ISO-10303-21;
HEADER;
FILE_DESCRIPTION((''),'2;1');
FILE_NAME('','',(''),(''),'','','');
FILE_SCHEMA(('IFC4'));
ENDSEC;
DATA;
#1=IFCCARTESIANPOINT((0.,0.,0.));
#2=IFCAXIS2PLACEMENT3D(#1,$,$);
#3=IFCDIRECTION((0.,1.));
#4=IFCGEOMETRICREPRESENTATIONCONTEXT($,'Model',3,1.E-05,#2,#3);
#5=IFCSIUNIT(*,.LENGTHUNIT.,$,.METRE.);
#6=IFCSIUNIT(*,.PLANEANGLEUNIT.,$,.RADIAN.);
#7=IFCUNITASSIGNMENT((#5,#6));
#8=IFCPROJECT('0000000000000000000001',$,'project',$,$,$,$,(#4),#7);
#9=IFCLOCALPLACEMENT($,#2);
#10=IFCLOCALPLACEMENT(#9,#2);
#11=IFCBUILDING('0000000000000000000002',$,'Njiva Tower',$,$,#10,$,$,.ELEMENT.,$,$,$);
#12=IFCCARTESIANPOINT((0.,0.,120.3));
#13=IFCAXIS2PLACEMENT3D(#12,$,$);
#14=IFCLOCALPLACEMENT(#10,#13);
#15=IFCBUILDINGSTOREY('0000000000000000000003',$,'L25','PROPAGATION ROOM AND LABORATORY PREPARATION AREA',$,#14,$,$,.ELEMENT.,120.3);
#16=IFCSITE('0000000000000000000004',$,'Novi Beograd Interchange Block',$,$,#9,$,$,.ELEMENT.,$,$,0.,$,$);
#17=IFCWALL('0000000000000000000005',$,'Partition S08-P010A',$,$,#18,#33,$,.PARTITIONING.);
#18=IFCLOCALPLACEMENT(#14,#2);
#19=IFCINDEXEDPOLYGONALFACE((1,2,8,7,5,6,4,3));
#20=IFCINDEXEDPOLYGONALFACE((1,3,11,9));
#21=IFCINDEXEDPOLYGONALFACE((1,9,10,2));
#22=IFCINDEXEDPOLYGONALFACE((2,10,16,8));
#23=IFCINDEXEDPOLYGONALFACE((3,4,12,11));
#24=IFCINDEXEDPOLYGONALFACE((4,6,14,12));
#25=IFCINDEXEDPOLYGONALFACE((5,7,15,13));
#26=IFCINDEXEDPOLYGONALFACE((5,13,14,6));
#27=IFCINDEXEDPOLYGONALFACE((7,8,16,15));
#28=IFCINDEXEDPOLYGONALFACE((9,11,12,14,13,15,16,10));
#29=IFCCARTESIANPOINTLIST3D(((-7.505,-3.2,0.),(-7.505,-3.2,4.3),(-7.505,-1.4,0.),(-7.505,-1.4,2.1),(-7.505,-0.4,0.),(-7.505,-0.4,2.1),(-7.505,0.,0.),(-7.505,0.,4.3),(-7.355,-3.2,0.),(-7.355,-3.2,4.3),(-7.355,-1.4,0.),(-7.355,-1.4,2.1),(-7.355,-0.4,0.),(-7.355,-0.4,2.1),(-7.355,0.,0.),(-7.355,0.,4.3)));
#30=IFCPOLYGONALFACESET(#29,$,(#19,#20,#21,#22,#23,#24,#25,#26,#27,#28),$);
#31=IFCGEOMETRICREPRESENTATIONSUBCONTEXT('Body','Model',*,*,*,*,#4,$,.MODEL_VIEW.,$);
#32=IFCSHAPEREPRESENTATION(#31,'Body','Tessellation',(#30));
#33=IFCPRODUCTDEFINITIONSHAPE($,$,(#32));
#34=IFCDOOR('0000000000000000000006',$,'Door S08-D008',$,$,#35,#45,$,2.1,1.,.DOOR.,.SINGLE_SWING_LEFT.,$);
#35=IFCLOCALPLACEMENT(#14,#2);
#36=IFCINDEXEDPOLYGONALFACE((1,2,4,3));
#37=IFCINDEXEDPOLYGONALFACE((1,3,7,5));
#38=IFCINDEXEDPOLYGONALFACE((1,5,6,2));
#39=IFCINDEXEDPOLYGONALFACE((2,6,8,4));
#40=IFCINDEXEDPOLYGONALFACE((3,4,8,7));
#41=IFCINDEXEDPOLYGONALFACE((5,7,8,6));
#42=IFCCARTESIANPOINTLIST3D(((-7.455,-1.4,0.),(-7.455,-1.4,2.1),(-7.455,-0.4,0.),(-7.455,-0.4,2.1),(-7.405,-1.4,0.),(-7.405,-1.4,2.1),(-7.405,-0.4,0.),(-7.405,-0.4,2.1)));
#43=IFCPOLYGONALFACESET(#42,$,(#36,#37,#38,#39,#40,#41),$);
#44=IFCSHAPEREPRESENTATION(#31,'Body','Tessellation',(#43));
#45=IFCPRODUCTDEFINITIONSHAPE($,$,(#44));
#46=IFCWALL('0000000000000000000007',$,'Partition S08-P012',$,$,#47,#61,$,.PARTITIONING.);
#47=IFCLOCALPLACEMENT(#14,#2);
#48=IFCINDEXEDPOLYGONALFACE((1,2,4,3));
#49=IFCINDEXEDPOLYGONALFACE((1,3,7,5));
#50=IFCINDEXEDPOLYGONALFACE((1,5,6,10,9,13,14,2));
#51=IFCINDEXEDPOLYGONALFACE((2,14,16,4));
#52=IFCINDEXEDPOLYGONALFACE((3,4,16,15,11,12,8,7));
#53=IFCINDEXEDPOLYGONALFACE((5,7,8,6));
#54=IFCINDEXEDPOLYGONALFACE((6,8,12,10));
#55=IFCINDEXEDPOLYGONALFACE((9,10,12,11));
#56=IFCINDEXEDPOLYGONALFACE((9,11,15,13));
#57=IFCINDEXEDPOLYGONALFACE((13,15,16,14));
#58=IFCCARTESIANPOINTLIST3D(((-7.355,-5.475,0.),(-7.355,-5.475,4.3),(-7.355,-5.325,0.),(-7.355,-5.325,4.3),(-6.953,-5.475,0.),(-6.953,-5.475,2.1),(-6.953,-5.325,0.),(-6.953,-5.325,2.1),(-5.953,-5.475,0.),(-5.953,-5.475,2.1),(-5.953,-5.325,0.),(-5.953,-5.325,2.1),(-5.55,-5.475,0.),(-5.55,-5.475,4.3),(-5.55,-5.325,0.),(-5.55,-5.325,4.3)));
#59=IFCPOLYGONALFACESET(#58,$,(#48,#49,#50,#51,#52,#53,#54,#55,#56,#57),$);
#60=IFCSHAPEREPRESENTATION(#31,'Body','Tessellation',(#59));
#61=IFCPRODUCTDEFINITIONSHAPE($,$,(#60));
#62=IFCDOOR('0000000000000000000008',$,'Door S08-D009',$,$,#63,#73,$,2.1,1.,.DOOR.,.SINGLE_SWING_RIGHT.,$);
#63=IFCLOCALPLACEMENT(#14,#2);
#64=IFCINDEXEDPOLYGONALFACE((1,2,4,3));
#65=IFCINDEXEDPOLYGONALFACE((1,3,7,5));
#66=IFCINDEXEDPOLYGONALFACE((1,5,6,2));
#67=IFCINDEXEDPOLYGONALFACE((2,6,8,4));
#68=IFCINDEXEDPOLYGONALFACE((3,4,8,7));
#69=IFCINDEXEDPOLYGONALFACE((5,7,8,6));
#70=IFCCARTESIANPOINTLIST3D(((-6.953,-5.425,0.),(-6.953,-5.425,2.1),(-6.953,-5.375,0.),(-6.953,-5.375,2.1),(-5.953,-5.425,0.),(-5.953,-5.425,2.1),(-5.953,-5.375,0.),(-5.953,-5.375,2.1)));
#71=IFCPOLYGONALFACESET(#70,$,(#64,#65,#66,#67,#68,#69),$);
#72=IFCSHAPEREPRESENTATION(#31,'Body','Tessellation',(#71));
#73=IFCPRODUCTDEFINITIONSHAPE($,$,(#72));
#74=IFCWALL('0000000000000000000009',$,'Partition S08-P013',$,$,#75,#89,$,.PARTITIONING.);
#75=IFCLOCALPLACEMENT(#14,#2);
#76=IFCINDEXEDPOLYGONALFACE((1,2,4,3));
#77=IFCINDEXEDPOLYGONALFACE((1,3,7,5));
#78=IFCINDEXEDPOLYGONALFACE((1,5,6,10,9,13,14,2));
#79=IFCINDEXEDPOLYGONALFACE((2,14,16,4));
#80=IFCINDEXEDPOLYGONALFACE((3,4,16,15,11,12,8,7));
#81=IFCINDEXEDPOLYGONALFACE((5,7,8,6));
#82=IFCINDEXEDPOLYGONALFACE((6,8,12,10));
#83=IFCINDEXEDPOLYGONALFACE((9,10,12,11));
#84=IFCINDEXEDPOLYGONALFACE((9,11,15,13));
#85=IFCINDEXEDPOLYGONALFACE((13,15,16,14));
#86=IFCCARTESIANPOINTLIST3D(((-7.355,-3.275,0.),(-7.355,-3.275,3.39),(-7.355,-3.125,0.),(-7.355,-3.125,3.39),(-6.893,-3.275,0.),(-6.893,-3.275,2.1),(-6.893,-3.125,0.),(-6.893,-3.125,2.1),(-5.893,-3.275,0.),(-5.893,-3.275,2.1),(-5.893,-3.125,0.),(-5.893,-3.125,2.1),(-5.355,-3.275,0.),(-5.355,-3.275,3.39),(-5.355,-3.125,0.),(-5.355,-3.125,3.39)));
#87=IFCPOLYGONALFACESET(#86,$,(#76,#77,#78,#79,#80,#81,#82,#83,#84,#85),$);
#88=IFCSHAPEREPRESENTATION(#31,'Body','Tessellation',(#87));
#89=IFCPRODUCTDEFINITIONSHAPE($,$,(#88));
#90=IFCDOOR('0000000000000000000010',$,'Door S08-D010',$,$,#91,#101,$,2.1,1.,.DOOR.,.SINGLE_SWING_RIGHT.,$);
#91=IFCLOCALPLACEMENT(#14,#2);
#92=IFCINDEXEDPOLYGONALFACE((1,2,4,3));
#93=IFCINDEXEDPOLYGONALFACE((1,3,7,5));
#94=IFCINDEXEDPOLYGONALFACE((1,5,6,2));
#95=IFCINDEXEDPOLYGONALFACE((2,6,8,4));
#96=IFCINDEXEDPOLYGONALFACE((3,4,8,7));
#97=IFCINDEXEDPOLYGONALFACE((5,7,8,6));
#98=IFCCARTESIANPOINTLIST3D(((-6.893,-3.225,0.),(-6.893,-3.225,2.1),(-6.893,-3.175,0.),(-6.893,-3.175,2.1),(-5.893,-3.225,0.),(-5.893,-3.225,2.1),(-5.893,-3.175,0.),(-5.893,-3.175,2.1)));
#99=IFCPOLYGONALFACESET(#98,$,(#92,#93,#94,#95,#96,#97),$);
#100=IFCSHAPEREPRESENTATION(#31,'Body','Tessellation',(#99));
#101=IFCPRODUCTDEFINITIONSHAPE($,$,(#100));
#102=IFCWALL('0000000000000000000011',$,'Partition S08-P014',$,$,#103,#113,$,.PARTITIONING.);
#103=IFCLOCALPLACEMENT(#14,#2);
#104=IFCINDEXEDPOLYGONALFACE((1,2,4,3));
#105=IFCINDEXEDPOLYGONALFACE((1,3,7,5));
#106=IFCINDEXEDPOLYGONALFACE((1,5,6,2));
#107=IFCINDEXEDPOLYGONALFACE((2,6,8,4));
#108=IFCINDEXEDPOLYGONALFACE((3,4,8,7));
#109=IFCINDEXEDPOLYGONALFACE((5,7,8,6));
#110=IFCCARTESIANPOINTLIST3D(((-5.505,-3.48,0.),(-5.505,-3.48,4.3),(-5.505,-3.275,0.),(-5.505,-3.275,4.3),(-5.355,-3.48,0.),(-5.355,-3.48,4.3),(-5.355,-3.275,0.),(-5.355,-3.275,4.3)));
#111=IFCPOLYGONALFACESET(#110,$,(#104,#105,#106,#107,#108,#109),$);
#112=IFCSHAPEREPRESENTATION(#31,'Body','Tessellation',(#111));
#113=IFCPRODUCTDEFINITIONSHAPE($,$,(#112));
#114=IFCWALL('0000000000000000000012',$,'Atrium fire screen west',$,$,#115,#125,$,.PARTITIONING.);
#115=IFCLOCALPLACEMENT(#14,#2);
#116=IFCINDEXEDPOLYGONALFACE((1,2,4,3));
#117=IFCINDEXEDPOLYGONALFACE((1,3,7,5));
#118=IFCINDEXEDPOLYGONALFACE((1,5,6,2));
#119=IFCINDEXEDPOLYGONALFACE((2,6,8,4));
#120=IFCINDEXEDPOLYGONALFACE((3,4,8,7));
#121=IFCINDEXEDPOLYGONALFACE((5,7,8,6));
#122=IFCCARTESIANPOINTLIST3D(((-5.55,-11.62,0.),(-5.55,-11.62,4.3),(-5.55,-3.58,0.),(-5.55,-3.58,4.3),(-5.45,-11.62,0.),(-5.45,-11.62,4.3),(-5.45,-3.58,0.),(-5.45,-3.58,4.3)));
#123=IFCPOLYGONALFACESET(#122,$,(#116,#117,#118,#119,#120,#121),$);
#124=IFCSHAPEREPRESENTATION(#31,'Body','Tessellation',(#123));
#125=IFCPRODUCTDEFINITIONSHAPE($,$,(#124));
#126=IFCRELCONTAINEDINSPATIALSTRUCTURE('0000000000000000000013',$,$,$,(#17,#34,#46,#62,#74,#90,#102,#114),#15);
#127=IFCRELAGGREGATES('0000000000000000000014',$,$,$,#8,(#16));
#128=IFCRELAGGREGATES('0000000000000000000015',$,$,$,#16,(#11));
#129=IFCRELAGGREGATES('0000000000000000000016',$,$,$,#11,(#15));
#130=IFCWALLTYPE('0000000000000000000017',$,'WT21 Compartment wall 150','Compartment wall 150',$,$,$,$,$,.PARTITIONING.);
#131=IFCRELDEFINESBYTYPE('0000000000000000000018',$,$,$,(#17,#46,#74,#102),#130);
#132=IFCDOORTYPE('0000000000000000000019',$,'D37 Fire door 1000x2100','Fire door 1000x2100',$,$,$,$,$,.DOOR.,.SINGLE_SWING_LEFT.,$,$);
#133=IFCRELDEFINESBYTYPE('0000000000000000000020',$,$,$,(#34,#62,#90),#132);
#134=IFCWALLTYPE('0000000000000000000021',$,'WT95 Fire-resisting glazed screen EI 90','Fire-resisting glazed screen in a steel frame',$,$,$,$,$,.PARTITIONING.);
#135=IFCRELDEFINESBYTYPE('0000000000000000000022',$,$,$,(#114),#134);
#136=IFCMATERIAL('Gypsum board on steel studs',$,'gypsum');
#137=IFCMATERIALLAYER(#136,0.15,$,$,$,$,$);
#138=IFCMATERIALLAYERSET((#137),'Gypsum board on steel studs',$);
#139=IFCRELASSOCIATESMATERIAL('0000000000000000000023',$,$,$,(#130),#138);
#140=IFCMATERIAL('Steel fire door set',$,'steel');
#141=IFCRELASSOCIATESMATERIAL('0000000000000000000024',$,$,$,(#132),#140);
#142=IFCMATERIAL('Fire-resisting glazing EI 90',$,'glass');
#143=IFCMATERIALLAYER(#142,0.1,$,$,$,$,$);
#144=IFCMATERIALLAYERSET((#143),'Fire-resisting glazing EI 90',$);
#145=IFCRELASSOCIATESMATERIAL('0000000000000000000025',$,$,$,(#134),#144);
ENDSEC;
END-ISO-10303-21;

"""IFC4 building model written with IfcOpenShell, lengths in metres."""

from ifc_helpers import new_model, si_unit, direction, frame, frame_2d, origin, place, context, subcontext, project, spatial, rectangle, extrude, material, layer, layer_set, type_object, element, fill, save


model = new_model("IFC4")

# Units and contexts
model_context = context("Model", 3, precision=1e-05, world=origin(), true_north=direction((0.0, 1.0)))
body_context = subcontext(model_context, "Body", "Model", "MODEL_VIEW")
ifc_project = project(units=[si_unit("LENGTHUNIT", "METRE"), si_unit("PLANEANGLEUNIT", "RADIAN")], contexts=[model_context])

# Site, building, storey
site_placement = place(None, origin())
site = spatial("IfcSite", under=ifc_project, at=site_placement, Name="Novi Beograd Interchange Block", CompositionType="ELEMENT", RefElevation=0.0)
building_placement = place(site_placement, origin())
building = spatial("IfcBuilding", under=site, at=building_placement, Name="Njiva Tower", CompositionType="ELEMENT")
storey_placement = place(building_placement, frame((0.0, 0.0, 120.3)))
storey = spatial("IfcBuildingStorey", under=building, at=storey_placement, Name="L25", Description="PROPAGATION ROOM AND LABORATORY PREPARATION AREA", CompositionType="ELEMENT", Elevation=120.3)

# Walls, openings, doors
ifc_material_1 = material(Name="Gypsum board on steel studs", Category="gypsum")
ifc_layer_1 = layer(ifc_material_1, 0.15)
ifc_layer_set_1 = layer_set([ifc_layer_1], Name="Gypsum board on steel studs")
wall_type_1 = type_object("IfcWallType", Name="WT21 Compartment wall 150", Description="Compartment wall 150", PredefinedType="PARTITIONING", material=ifc_layer_set_1)
ifc_material_2 = material(Name="Steel fire door set", Category="steel")
door_type = type_object("IfcDoorType", Name="D37 Fire door 1000x2100", Description="Fire door 1000x2100", OperationType="SINGLE_SWING_LEFT", PredefinedType="DOOR", material=ifc_material_2)
wall_1_placement = place(storey_placement, frame((-7.43, -3.2, 0.0), z_axis=(0.0, 0.0, 1.0), x_axis=(0.0, 1.0, 0.0)))
wall_1 = element("IfcWall", 1, at=wall_1_placement, inside=storey, type_object=wall_type_1, Name="Partition S08-P010A", PredefinedType="PARTITIONING", context=body_context, shape_type="SweptSolid", body=[
    extrude(rectangle(XDim=3.2, YDim=0.15, at=frame_2d((1.6, 0.0))), origin(), (0.0, 0.0, 1.0), 4.3),
])
opening_1_placement = place(wall_1_placement, frame((1.8, 0.0, 0.0)))
opening_1 = element("IfcOpeningElement", 2, at=opening_1_placement, cuts=wall_1, PredefinedType="OPENING", context=body_context, shape_type="SweptSolid", body=[
    extrude(rectangle(XDim=1.0, YDim=2.1, at=frame_2d((0.5, 1.05))), frame((0.0, 0.085, 0.0), z_axis=(0.0, -1.0, 0.0), x_axis=(1.0, 0.0, 0.0)), (0.0, 0.0, 1.0), 0.17),
])
door_1_placement = place(opening_1_placement, origin())
door_1 = element("IfcDoor", 3, at=door_1_placement, inside=storey, type_object=door_type, Name="Door S08-D008", OperationType="SINGLE_SWING_LEFT", OverallHeight=2.1, OverallWidth=1.0, PredefinedType="DOOR", context=body_context, shape_type="SweptSolid", body=[
    extrude(rectangle(XDim=1.0, YDim=2.1, at=frame_2d((0.5, 1.05))), frame((0.0, 0.025, 0.0), z_axis=(0.0, -1.0, 0.0), x_axis=(1.0, 0.0, 0.0)), (0.0, 0.0, 1.0), 0.05),
])
fill(opening_1, door_1)
wall_2_placement = place(storey_placement, frame((-7.355, -5.4, 0.0), z_axis=(0.0, 0.0, 1.0), x_axis=(1.0, 0.0, 0.0)))
wall_2 = element("IfcWall", 4, at=wall_2_placement, inside=storey, type_object=wall_type_1, Name="Partition S08-P012", PredefinedType="PARTITIONING", context=body_context, shape_type="SweptSolid", body=[
    extrude(rectangle(XDim=1.805, YDim=0.15, at=frame_2d((0.9025, 0.0))), origin(), (0.0, 0.0, 1.0), 4.3),
])
opening_2_placement = place(wall_2_placement, frame((0.402, 0.0, 0.0)))
opening_2 = element("IfcOpeningElement", 5, at=opening_2_placement, cuts=wall_2, PredefinedType="OPENING", context=body_context, shape_type="SweptSolid", body=[
    extrude(rectangle(XDim=1.0, YDim=2.1, at=frame_2d((0.5, 1.05))), frame((0.0, 0.085, 0.0), z_axis=(0.0, -1.0, 0.0), x_axis=(1.0, 0.0, 0.0)), (0.0, 0.0, 1.0), 0.17),
])
door_2_placement = place(opening_2_placement, origin())
door_2 = element("IfcDoor", 6, at=door_2_placement, inside=storey, type_object=door_type, Name="Door S08-D009", OperationType="SINGLE_SWING_RIGHT", OverallHeight=2.1, OverallWidth=1.0, PredefinedType="DOOR", context=body_context, shape_type="SweptSolid", body=[
    extrude(rectangle(XDim=1.0, YDim=2.1, at=frame_2d((0.5, 1.05))), frame((0.0, 0.025, 0.0), z_axis=(0.0, -1.0, 0.0), x_axis=(1.0, 0.0, 0.0)), (0.0, 0.0, 1.0), 0.05),
])
fill(opening_2, door_2)
wall_3_placement = place(storey_placement, frame((-7.355, -3.2, 0.0), z_axis=(0.0, 0.0, 1.0), x_axis=(1.0, 0.0, 0.0)))
wall_3 = element("IfcWall", 7, at=wall_3_placement, inside=storey, type_object=wall_type_1, Name="Partition S08-P013", PredefinedType="PARTITIONING", context=body_context, shape_type="SweptSolid", body=[
    extrude(rectangle(XDim=2.0, YDim=0.15, at=frame_2d((1.0, 0.0))), origin(), (0.0, 0.0, 1.0), 3.39),
])
opening_3_placement = place(wall_3_placement, frame((0.462, 0.0, 0.0)))
opening_3 = element("IfcOpeningElement", 8, at=opening_3_placement, cuts=wall_3, PredefinedType="OPENING", context=body_context, shape_type="SweptSolid", body=[
    extrude(rectangle(XDim=1.0, YDim=2.1, at=frame_2d((0.5, 1.05))), frame((0.0, 0.085, 0.0), z_axis=(0.0, -1.0, 0.0), x_axis=(1.0, 0.0, 0.0)), (0.0, 0.0, 1.0), 0.17),
])
door_3_placement = place(opening_3_placement, origin())
door_3 = element("IfcDoor", 9, at=door_3_placement, inside=storey, type_object=door_type, Name="Door S08-D010", OperationType="SINGLE_SWING_RIGHT", OverallHeight=2.1, OverallWidth=1.0, PredefinedType="DOOR", context=body_context, shape_type="SweptSolid", body=[
    extrude(rectangle(XDim=1.0, YDim=2.1, at=frame_2d((0.5, 1.05))), frame((0.0, 0.025, 0.0), z_axis=(0.0, -1.0, 0.0), x_axis=(1.0, 0.0, 0.0)), (0.0, 0.0, 1.0), 0.05),
])
fill(opening_3, door_3)

# Walls
wall_4_placement = place(storey_placement, frame((-5.43, -3.48, 0.0), z_axis=(0.0, 0.0, 1.0), x_axis=(0.0, 1.0, 0.0)))
element("IfcWall", 10, at=wall_4_placement, inside=storey, type_object=wall_type_1, Name="Partition S08-P014", PredefinedType="PARTITIONING", context=body_context, shape_type="SweptSolid", body=[
    extrude(rectangle(XDim=0.205, YDim=0.15, at=frame_2d((0.1025, 0.0))), origin(), (0.0, 0.0, 1.0), 4.3),
])
ifc_material_3 = material(Name="Fire-resisting glazing EI 90", Category="glass")
ifc_layer_2 = layer(ifc_material_3, 0.1)
ifc_layer_set_2 = layer_set([ifc_layer_2], Name="Fire-resisting glazing EI 90")
wall_type_2 = type_object("IfcWallType", Name="WT95 Fire-resisting glazed screen EI 90", Description="Fire-resisting glazed screen in a steel frame", PredefinedType="PARTITIONING", material=ifc_layer_set_2)
wall_5_placement = place(storey_placement, frame((-5.5, -3.58, 0.0), z_axis=(0.0, 0.0, 1.0), x_axis=(0.0, -1.0, 0.0)))
element("IfcWall", 11, at=wall_5_placement, inside=storey, type_object=wall_type_2, Name="Atrium fire screen west", PredefinedType="PARTITIONING", context=body_context, shape_type="SweptSolid", body=[
    extrude(rectangle(XDim=8.04, YDim=0.1, at=frame_2d((4.02, 0.0))), origin(), (0.0, 0.0, 1.0), 4.3),
])

save(model, "model.ifc")
